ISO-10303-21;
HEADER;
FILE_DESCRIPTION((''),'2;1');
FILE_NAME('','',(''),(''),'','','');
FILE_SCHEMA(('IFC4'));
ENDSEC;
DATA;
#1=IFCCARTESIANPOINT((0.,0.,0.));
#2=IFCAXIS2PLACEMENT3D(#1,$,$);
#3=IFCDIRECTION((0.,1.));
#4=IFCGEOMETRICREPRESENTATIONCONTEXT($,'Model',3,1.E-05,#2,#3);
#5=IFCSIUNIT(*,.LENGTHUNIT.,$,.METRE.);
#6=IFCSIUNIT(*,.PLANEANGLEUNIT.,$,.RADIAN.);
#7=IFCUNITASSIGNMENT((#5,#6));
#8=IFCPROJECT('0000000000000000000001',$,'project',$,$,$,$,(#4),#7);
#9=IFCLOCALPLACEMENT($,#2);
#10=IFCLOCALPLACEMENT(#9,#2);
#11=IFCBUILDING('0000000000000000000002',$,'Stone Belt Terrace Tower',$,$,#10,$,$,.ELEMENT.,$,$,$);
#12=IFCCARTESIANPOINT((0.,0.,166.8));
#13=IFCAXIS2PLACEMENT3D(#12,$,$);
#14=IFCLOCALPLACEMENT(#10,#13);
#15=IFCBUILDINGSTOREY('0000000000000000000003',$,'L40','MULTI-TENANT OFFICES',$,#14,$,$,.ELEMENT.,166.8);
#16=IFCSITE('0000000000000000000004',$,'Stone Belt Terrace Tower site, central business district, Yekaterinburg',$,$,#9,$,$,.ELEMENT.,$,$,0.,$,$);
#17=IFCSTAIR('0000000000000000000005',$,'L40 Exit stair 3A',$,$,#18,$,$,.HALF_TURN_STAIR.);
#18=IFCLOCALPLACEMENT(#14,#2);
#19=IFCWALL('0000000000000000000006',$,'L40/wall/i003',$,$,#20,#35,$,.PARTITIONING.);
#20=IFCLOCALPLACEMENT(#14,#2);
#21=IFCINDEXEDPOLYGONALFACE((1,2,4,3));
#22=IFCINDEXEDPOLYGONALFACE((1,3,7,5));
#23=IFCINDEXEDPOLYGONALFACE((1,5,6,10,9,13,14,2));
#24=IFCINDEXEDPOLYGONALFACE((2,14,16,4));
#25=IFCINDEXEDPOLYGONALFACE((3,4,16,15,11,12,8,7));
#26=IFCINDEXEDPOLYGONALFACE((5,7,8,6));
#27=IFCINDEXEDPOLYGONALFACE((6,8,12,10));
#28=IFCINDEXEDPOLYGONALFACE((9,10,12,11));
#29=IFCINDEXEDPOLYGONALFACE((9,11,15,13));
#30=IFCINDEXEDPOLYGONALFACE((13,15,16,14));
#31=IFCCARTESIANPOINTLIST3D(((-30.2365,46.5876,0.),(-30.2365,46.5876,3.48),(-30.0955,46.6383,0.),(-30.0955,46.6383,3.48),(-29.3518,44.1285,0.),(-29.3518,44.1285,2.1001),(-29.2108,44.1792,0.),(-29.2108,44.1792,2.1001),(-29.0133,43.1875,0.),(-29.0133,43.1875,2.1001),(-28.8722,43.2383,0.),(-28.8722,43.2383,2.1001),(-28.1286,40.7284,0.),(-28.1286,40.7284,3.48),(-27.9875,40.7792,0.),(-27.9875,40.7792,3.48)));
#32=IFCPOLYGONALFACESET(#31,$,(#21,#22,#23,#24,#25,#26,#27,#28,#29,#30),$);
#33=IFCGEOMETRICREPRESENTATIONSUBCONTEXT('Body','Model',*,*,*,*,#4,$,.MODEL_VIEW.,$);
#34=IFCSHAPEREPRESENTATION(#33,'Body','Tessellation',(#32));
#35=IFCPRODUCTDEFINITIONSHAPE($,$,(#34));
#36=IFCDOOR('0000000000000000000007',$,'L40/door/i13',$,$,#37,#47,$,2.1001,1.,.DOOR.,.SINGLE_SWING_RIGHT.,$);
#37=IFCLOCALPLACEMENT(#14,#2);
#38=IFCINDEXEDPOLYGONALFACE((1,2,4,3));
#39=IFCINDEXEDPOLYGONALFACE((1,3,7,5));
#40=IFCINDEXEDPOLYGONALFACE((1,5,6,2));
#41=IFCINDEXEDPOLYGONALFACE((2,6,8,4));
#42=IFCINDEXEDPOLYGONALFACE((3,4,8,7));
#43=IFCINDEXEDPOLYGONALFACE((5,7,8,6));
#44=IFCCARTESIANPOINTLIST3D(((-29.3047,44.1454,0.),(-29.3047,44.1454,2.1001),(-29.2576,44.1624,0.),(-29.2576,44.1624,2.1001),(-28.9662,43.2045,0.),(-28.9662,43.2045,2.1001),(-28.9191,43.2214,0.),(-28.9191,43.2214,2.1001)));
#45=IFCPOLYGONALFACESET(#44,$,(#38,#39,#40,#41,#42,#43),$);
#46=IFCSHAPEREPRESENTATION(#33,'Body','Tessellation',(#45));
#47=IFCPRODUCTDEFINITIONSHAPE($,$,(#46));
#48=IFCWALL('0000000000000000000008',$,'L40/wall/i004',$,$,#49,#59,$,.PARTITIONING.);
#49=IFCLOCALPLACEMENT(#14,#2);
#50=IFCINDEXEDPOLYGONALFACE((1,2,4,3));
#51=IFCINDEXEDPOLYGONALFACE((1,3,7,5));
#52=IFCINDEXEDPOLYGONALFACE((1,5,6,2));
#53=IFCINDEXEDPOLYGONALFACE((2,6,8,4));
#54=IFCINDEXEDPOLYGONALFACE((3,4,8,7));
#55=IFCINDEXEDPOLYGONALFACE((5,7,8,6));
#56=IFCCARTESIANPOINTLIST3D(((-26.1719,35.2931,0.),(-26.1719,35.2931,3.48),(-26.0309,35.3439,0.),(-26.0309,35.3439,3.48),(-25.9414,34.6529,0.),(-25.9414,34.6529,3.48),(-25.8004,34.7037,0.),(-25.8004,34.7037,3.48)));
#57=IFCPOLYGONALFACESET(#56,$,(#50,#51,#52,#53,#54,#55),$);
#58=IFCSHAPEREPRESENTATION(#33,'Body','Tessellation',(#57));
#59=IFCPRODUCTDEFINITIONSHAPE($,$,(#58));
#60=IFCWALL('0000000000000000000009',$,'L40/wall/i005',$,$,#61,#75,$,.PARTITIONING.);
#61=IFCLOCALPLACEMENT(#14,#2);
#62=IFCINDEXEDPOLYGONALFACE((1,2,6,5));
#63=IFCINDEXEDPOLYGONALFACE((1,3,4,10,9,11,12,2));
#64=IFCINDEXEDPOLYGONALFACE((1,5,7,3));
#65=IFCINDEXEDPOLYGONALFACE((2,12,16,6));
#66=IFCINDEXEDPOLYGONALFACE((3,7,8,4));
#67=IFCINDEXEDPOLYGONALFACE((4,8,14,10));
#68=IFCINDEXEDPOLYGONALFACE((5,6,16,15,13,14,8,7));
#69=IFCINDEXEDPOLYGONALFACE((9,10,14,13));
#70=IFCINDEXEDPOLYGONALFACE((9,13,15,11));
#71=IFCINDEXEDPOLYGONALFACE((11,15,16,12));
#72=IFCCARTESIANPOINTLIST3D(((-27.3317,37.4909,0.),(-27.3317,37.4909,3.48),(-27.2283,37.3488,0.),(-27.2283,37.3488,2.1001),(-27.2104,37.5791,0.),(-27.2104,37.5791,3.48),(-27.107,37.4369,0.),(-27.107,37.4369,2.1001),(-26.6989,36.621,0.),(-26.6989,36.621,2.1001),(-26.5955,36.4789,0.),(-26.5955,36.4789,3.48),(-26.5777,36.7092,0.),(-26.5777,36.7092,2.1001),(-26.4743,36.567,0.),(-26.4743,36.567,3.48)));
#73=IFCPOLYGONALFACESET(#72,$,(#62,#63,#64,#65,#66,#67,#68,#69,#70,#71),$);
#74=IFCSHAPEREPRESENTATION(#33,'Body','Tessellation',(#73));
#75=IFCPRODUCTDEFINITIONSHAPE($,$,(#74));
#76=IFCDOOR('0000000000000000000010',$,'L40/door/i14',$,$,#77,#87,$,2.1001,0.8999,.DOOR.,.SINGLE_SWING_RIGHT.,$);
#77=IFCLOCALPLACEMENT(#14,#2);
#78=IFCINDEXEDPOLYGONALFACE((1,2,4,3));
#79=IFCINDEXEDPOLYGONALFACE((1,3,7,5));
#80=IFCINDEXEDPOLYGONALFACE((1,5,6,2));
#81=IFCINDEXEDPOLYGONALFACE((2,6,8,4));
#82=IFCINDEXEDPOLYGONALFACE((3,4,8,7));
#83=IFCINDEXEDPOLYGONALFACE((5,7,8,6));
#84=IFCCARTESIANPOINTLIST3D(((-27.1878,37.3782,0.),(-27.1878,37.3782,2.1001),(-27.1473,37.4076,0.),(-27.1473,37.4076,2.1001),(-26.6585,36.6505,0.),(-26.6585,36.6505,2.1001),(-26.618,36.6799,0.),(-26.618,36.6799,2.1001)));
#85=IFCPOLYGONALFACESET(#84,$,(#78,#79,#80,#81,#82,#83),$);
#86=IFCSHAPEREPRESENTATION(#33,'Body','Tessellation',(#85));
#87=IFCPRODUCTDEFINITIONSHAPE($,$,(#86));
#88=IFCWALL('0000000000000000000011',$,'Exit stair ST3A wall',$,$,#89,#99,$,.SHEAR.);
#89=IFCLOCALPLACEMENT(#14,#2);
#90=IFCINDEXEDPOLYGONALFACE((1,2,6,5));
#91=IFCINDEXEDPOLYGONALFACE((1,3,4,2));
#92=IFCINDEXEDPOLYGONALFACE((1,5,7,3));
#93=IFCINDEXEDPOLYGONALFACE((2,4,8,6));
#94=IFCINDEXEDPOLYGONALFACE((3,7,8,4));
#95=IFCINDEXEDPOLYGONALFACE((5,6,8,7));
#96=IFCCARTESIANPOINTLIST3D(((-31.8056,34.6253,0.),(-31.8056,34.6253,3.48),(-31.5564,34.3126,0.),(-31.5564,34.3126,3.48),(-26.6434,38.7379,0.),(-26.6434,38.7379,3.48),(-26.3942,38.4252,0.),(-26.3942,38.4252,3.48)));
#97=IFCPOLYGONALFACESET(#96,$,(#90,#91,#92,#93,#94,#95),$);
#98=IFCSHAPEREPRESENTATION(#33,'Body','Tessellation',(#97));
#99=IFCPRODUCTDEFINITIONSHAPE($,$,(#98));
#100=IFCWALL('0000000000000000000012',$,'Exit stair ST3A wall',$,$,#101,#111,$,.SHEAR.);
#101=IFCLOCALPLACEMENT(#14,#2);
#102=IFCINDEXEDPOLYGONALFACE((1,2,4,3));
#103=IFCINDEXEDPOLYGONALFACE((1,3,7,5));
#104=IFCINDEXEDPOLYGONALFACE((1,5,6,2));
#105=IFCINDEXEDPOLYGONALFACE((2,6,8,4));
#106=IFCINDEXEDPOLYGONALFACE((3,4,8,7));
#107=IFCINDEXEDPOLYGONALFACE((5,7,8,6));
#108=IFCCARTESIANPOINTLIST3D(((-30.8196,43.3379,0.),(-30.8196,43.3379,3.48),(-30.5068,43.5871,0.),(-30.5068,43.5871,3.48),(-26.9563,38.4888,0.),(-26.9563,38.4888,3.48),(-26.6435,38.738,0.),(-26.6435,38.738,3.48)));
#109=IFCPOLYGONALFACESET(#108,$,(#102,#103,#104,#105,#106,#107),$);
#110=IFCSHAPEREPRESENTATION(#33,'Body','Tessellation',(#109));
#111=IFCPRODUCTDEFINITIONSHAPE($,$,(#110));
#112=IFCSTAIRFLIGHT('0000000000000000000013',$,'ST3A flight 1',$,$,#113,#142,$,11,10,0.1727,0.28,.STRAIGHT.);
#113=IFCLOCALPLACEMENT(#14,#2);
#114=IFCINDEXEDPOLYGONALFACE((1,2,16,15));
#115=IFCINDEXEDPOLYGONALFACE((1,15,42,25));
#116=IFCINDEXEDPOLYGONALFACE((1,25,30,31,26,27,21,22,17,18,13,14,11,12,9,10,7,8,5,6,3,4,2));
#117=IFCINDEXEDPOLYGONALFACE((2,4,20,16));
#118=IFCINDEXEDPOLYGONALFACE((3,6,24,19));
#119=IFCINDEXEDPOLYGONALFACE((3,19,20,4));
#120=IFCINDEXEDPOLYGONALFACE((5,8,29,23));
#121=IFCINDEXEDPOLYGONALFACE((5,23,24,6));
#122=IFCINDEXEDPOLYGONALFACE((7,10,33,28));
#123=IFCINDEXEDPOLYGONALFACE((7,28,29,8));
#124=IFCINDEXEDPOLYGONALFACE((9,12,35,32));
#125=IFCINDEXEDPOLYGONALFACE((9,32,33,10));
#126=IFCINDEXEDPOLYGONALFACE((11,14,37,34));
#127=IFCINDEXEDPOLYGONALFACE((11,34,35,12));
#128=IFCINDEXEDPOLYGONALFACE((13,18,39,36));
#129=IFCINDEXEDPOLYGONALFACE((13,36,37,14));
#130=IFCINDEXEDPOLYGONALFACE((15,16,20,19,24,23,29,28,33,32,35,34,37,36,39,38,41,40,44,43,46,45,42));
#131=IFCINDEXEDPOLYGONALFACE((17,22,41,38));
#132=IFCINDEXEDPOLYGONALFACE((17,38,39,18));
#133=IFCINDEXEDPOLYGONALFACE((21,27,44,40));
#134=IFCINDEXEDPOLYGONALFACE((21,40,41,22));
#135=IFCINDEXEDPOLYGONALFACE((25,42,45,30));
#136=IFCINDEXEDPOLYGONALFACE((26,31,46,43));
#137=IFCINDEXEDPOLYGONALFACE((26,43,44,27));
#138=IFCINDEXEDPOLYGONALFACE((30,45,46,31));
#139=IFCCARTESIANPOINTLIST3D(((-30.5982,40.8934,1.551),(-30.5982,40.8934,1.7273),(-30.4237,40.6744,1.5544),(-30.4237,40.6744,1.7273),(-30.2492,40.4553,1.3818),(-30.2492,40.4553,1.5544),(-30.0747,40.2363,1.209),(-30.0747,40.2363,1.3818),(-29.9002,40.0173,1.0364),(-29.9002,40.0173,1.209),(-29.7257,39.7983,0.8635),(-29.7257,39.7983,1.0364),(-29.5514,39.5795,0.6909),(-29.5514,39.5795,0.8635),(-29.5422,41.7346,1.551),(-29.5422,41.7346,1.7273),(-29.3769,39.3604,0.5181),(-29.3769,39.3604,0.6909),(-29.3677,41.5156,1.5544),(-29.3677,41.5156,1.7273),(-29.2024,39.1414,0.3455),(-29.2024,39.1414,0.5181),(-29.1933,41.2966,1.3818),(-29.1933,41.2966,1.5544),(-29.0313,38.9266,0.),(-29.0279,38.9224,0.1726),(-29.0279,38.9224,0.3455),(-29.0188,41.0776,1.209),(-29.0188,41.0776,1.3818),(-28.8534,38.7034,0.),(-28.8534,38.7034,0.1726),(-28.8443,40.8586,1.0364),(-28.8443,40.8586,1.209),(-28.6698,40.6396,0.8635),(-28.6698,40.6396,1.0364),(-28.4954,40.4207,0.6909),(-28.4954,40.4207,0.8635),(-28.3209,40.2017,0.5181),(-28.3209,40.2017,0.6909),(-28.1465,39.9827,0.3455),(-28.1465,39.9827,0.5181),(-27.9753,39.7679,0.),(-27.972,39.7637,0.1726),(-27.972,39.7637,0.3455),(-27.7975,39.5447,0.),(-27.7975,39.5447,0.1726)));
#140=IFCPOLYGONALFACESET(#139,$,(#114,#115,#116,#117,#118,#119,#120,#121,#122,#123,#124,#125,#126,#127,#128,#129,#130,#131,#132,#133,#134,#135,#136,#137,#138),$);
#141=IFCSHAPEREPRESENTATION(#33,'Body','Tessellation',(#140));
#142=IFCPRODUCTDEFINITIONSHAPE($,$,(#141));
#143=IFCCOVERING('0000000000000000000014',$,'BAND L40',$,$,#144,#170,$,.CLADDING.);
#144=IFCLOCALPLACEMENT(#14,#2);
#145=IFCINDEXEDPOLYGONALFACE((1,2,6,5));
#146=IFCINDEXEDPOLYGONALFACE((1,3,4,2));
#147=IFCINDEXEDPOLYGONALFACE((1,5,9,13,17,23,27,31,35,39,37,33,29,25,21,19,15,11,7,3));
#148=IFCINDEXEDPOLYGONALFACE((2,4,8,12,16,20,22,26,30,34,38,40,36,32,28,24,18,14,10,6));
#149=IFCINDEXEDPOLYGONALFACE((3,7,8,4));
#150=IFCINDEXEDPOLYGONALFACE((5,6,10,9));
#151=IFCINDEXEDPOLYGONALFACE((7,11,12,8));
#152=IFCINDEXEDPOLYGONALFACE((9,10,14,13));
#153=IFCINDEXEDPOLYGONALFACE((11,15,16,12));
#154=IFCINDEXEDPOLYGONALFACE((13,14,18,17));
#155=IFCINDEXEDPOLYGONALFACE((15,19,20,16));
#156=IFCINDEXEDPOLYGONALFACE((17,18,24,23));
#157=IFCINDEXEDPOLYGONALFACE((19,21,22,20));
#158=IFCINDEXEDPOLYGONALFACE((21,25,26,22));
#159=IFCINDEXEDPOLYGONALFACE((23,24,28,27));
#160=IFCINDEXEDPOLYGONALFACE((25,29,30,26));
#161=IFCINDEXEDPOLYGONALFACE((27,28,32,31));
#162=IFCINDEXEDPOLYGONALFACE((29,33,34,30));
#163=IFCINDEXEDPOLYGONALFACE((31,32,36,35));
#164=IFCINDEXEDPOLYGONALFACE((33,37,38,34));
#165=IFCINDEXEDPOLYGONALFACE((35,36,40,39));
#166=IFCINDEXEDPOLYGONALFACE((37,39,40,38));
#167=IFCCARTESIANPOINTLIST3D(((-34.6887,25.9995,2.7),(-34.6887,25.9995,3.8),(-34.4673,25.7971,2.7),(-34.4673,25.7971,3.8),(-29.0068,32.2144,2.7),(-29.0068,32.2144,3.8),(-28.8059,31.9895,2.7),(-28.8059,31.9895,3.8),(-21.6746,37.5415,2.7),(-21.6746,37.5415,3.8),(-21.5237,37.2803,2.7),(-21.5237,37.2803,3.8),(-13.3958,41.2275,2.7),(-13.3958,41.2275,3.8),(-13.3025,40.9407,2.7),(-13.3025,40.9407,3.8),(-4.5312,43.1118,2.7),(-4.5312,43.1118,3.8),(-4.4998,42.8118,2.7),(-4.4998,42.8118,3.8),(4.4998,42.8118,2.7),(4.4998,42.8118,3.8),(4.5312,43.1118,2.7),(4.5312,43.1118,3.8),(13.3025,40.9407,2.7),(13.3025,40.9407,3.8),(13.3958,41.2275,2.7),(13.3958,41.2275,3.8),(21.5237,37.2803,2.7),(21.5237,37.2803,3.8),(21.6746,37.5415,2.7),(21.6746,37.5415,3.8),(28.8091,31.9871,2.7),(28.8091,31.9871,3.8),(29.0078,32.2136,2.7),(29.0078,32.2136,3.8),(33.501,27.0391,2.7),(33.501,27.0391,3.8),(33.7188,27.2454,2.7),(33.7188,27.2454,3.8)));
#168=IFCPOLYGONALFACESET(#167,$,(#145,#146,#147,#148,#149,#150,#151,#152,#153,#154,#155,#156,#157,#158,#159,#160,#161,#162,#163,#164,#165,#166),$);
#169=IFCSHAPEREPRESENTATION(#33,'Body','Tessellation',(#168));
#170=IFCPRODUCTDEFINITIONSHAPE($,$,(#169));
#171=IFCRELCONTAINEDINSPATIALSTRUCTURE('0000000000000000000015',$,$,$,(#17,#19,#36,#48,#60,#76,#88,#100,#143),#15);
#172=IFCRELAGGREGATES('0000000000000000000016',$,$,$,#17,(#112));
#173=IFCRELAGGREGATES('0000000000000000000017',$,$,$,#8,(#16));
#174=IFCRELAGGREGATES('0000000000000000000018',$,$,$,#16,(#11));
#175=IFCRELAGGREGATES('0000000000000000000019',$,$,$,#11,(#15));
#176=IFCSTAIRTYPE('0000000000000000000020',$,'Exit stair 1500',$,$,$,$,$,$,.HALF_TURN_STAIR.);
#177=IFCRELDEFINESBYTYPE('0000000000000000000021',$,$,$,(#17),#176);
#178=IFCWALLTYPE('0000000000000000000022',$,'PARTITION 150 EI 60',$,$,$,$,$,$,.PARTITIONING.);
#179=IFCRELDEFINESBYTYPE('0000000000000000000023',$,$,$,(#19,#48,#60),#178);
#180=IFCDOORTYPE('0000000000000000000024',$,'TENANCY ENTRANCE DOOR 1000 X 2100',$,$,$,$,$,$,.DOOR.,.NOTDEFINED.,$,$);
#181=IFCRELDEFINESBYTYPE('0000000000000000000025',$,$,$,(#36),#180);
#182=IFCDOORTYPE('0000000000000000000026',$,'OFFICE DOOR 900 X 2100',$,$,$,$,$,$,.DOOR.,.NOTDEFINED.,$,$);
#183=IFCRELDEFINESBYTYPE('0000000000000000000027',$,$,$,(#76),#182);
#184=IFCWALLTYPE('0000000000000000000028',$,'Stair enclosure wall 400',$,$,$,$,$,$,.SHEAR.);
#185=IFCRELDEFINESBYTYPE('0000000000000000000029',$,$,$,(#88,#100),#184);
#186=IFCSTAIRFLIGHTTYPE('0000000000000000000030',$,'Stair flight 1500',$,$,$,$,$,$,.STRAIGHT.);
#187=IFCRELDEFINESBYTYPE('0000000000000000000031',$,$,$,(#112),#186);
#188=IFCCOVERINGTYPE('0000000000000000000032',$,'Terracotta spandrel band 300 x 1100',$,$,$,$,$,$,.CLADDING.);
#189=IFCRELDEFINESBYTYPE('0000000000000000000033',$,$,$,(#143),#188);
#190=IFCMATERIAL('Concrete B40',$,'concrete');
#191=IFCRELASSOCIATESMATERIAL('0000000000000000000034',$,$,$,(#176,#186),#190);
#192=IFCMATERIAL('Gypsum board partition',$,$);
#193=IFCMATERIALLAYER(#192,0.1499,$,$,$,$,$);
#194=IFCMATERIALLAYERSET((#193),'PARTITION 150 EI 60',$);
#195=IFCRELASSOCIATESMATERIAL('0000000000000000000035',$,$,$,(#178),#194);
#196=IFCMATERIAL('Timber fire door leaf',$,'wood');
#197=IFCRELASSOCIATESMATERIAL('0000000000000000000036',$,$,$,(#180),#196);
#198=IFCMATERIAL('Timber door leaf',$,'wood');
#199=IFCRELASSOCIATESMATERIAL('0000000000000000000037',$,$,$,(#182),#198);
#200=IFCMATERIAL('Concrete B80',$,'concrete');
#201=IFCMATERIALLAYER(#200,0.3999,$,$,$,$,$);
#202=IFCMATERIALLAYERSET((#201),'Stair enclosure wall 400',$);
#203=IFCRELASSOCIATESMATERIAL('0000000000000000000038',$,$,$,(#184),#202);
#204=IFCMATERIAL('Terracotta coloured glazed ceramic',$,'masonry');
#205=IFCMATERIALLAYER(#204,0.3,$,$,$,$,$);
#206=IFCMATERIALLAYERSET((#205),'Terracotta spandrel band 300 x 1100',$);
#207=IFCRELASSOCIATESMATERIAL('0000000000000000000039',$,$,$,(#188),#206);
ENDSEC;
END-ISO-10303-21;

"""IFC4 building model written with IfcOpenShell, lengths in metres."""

from ifc_helpers import new_model, si_unit, direction, frame, frame_2d, origin, place, context, subcontext, project, spatial, polyline, rectangle, outline, extrude, material, layer, layer_set, type_object, element, fill, aggregate, save


model = new_model("IFC4")

# Units and contexts
model_context = context("Model", 3, precision=1e-05, world=origin(), true_north=direction((0.0, 1.0)))
body_context = subcontext(model_context, "Body", "Model", "MODEL_VIEW")
ifc_project = project(units=[si_unit("LENGTHUNIT", "METRE"), si_unit("PLANEANGLEUNIT", "RADIAN")], contexts=[model_context])

# Site, building, storey
site_placement = place(None, origin())
site = spatial("IfcSite", under=ifc_project, at=site_placement, Name="Stone Belt Terrace Tower site, central business district, Yekaterinburg", CompositionType="ELEMENT", RefElevation=0.0)
building_placement = place(site_placement, origin())
building = spatial("IfcBuilding", under=site, at=building_placement, Name="Stone Belt Terrace Tower", CompositionType="ELEMENT")
storey_placement = place(building_placement, frame((0.0, 0.0, 166.8)))
storey = spatial("IfcBuildingStorey", under=building, at=storey_placement, Name="L40", Description="MULTI-TENANT OFFICES", CompositionType="ELEMENT", Elevation=166.8)

# Shared definitions
ifc_material_1 = material(Name="Concrete B80", Category="concrete")

# Shared definitions
ifc_material_2 = material(Name="Concrete B40", Category="concrete")

# Stair
stair_type = type_object("IfcStairType", Name="Exit stair 1500", PredefinedType="HALF_TURN_STAIR", material=ifc_material_2)
stair_1_placement = place(storey_placement, origin())
stair_1 = element("IfcStair", 1, at=stair_1_placement, inside=storey, type_object=stair_type, Name="L40 Exit stair 3A", PredefinedType="HALF_TURN_STAIR")

# Shared definitions
ifc_material_3 = material(Name="Gypsum board partition")
ifc_layer_1 = layer(ifc_material_3, 0.1499)
ifc_layer_set_1 = layer_set([ifc_layer_1], Name="PARTITION 150 EI 60")
wall_type_1 = type_object("IfcWallType", Name="PARTITION 150 EI 60", PredefinedType="PARTITIONING", material=ifc_layer_set_1)

# Wall, opening, door
wall_1_placement = place(storey_placement, frame((-28.0581, 40.7539, 0.0), z_axis=(0.0, 0.0, 1.0), x_axis=(-0.338524, 0.940958, 0.0)))
wall_1 = element("IfcWall", 2, at=wall_1_placement, inside=storey, type_object=wall_type_1, Name="L40/wall/i003", PredefinedType="PARTITIONING", context=body_context, shape_type="SweptSolid", body=[
    extrude(rectangle(XDim=6.2268, YDim=0.1499, at=frame_2d((3.1133, 0.0))), origin(), (0.0, 0.0, 1.0), 3.48),
])
opening_1_placement = place(wall_1_placement, frame((2.6133, 0.0, 0.0)))
opening_1 = element("IfcOpeningElement", 3, at=opening_1_placement, cuts=wall_1, PredefinedType="OPENING", context=body_context, shape_type="SweptSolid", body=[
    extrude(rectangle(XDim=1.0, YDim=2.1001, at=frame_2d((0.5, 1.05))), frame((0.0, 0.085, 0.0), z_axis=(0.0, -1.0, 0.0), x_axis=(1.0, 0.0, 0.0)), (0.0, 0.0, 1.0), 0.1699),
])
ifc_material_4 = material(Name="Timber fire door leaf", Category="wood")
door_type_1 = type_object("IfcDoorType", Name="TENANCY ENTRANCE DOOR 1000 X 2100", OperationType="NOTDEFINED", PredefinedType="DOOR", material=ifc_material_4)
door_1_placement = place(opening_1_placement, origin())
door_1 = element("IfcDoor", 4, at=door_1_placement, inside=storey, type_object=door_type_1, Name="L40/door/i13", OperationType="SINGLE_SWING_RIGHT", OverallHeight=2.1001, OverallWidth=1.0, PredefinedType="DOOR", context=body_context, shape_type="SweptSolid", body=[
    extrude(rectangle(XDim=1.0, YDim=2.1001, at=frame_2d((0.5, 1.05))), frame((0.0, 0.0249, 0.0), z_axis=(0.0, -1.0, 0.0), x_axis=(1.0, 0.0, 0.0)), (0.0, 0.0, 1.0), 0.05),
])
fill(opening_1, door_1)

# Wall
wall_2_placement = place(storey_placement, frame((-25.8708, 34.6782, 0.0), z_axis=(0.0, 0.0, 1.0), x_axis=(-0.338745, 0.940878, 0.0)))
element("IfcWall", 5, at=wall_2_placement, inside=storey, type_object=wall_type_1, Name="L40/wall/i004", PredefinedType="PARTITIONING", context=body_context, shape_type="SweptSolid", body=[
    extrude(rectangle(XDim=0.6804, YDim=0.1499, at=frame_2d((0.3403, 0.0))), origin(), (0.0, 0.0, 1.0), 3.48),
])

# Wall, opening, door
wall_3_placement = place(storey_placement, frame((-26.5349, 36.5229, 0.0), z_axis=(0.0, 0.0, 1.0), x_axis=(-0.58823, 0.808694, 0.0)))
wall_3 = element("IfcWall", 6, at=wall_3_placement, inside=storey, type_object=wall_type_1, Name="L40/wall/i005", PredefinedType="PARTITIONING", context=body_context, shape_type="SweptSolid", body=[
    extrude(rectangle(XDim=1.2515, YDim=0.1499, at=frame_2d((0.6257, 0.0))), origin(), (0.0, 0.0, 1.0), 3.48),
])
opening_2_placement = place(wall_3_placement, frame((0.1758, 0.0, 0.0)))
opening_2 = element("IfcOpeningElement", 7, at=opening_2_placement, cuts=wall_3, PredefinedType="OPENING", context=body_context, shape_type="SweptSolid", body=[
    extrude(rectangle(XDim=0.8999, YDim=2.1001, at=frame_2d((0.45, 1.05))), frame((0.0, 0.085, 0.0), z_axis=(0.0, -1.0, 0.0), x_axis=(1.0, 0.0, 0.0)), (0.0, 0.0, 1.0), 0.1699),
])
ifc_material_5 = material(Name="Timber door leaf", Category="wood")
door_type_2 = type_object("IfcDoorType", Name="OFFICE DOOR 900 X 2100", OperationType="NOTDEFINED", PredefinedType="DOOR", material=ifc_material_5)
door_2_placement = place(opening_2_placement, origin())
door_2 = element("IfcDoor", 8, at=door_2_placement, inside=storey, type_object=door_type_2, Name="L40/door/i14", OperationType="SINGLE_SWING_RIGHT", OverallHeight=2.1001, OverallWidth=0.8999, PredefinedType="DOOR", context=body_context, shape_type="SweptSolid", body=[
    extrude(rectangle(XDim=0.8999, YDim=2.1001, at=frame_2d((0.45, 1.05))), frame((0.0, 0.0249, 0.0), z_axis=(0.0, -1.0, 0.0), x_axis=(1.0, 0.0, 0.0)), (0.0, 0.0, 1.0), 0.05),
])
fill(opening_2, door_2)

# Walls
ifc_layer_2 = layer(ifc_material_1, 0.3999)
ifc_layer_set_2 = layer_set([ifc_layer_2], Name="Stair enclosure wall 400")
wall_type_2 = type_object("IfcWallType", Name="Stair enclosure wall 400", PredefinedType="SHEAR", material=ifc_layer_set_2)
wall_4_placement = place(storey_placement, frame((-26.5188, 38.5815, 0.0), z_axis=(0.0, 0.0, 1.0), x_axis=(-0.782134, -0.62311, 0.0)))
element("IfcWall", 9, at=wall_4_placement, inside=storey, type_object=wall_type_2, Name="Exit stair ST3A wall", PredefinedType="SHEAR", context=body_context, shape_type="SweptSolid", body=[
    extrude(rectangle(XDim=6.6001, YDim=0.3999, at=frame_2d((3.3, 0.0))), origin(), (0.0, 0.0, 1.0), 3.48),
])
wall_5_placement = place(storey_placement, frame((-26.7998, 38.6133, 0.0), z_axis=(0.0, 0.0, 1.0), x_axis=(-0.623119, 0.782127, 0.0)))
element("IfcWall", 10, at=wall_5_placement, inside=storey, type_object=wall_type_2, Name="Exit stair ST3A wall", PredefinedType="SHEAR", context=body_context, shape_type="SweptSolid", body=[
    extrude(rectangle(XDim=6.2, YDim=0.3999, at=frame_2d((3.1001, 0.0))), origin(), (0.0, 0.0, 1.0), 3.48),
])

# Stair flight
stair_flight_type = type_object("IfcStairFlightType", Name="Stair flight 1500", PredefinedType="STRAIGHT", material=ifc_material_2)
stair_flight_placement = place(storey_placement, frame((-28.3254, 39.124, 0.0), z_axis=(0.0, 0.0, 1.0), x_axis=(-0.623121, 0.782125, 0.0)))
stair_flight = element("IfcStairFlight", 11, at=stair_flight_placement, type_object=stair_flight_type, Name="ST3A flight 1", NumberOfRisers=11, NumberOfTreads=10, PredefinedType="STRAIGHT", RiserHeight=0.1727, TreadLength=0.28, context=body_context, shape_type="SweptSolid", body=[
    extrude(outline(polyline([(0.0, 0.0), (0.0, 0.1726), (0.28, 0.1726), (0.28, 0.3455), (0.5601, 0.3455), (0.5601, 0.5181), (0.8401, 0.5181), (0.8401, 0.6909), (1.1201, 0.6909), (1.1201, 0.8635), (1.3999, 0.8635), (1.3999, 1.0364), (1.6799, 1.0364), (1.6799, 1.209), (1.96, 1.209), (1.96, 1.3818), (2.24, 1.3818), (2.24, 1.5544), (2.52, 1.5544), (2.52, 1.7273), (2.8, 1.7273), (2.8, 1.8999), (2.8, 1.551), (0.2854, 0.0), (0.0, 0.0)])), frame((0.0, 0.675, 0.0), z_axis=(0.0, -1.0, 0.0), x_axis=(1.0, 0.0, 0.0)), (0.0, 0.0, 1.0), 1.3501),
])
aggregate(stair_1, [stair_flight])

# Covering
ifc_material_6 = material(Name="Terracotta coloured glazed ceramic", Category="masonry")
ifc_layer_3 = layer(ifc_material_6, 0.3)
ifc_layer_set_3 = layer_set([ifc_layer_3], Name="Terracotta spandrel band 300 x 1100")
covering_type = type_object("IfcCoveringType", Name="Terracotta spandrel band 300 x 1100", PredefinedType="CLADDING", material=ifc_layer_set_3)
covering_placement = place(storey_placement, frame((0.0, 0.0, 2.7)))
element("IfcCovering", 12, at=covering_placement, inside=storey, type_object=covering_type, Name="BAND L40", PredefinedType="CLADDING", context=body_context, shape_type="SweptSolid", body=[
    extrude(outline(polyline([(-34.6887, 25.9995), (-29.0068, 32.2144), (-21.6746, 37.5415), (-13.3958, 41.2275), (-4.5312, 43.1118), (4.5312, 43.1118), (13.3958, 41.2275), (21.6746, 37.5415), (29.0078, 32.2136), (33.7188, 27.2454), (33.501, 27.0391), (28.8091, 31.9871), (21.5237, 37.2803), (13.3025, 40.9407), (4.4998, 42.8118), (-4.4998, 42.8118), (-13.3025, 40.9407), (-21.5237, 37.2803), (-28.8059, 31.9895), (-34.4673, 25.7971), (-34.6887, 25.9995)])), origin(), (0.0, 0.0, 1.0), 1.1001),
])

save(model, "model.ifc")
